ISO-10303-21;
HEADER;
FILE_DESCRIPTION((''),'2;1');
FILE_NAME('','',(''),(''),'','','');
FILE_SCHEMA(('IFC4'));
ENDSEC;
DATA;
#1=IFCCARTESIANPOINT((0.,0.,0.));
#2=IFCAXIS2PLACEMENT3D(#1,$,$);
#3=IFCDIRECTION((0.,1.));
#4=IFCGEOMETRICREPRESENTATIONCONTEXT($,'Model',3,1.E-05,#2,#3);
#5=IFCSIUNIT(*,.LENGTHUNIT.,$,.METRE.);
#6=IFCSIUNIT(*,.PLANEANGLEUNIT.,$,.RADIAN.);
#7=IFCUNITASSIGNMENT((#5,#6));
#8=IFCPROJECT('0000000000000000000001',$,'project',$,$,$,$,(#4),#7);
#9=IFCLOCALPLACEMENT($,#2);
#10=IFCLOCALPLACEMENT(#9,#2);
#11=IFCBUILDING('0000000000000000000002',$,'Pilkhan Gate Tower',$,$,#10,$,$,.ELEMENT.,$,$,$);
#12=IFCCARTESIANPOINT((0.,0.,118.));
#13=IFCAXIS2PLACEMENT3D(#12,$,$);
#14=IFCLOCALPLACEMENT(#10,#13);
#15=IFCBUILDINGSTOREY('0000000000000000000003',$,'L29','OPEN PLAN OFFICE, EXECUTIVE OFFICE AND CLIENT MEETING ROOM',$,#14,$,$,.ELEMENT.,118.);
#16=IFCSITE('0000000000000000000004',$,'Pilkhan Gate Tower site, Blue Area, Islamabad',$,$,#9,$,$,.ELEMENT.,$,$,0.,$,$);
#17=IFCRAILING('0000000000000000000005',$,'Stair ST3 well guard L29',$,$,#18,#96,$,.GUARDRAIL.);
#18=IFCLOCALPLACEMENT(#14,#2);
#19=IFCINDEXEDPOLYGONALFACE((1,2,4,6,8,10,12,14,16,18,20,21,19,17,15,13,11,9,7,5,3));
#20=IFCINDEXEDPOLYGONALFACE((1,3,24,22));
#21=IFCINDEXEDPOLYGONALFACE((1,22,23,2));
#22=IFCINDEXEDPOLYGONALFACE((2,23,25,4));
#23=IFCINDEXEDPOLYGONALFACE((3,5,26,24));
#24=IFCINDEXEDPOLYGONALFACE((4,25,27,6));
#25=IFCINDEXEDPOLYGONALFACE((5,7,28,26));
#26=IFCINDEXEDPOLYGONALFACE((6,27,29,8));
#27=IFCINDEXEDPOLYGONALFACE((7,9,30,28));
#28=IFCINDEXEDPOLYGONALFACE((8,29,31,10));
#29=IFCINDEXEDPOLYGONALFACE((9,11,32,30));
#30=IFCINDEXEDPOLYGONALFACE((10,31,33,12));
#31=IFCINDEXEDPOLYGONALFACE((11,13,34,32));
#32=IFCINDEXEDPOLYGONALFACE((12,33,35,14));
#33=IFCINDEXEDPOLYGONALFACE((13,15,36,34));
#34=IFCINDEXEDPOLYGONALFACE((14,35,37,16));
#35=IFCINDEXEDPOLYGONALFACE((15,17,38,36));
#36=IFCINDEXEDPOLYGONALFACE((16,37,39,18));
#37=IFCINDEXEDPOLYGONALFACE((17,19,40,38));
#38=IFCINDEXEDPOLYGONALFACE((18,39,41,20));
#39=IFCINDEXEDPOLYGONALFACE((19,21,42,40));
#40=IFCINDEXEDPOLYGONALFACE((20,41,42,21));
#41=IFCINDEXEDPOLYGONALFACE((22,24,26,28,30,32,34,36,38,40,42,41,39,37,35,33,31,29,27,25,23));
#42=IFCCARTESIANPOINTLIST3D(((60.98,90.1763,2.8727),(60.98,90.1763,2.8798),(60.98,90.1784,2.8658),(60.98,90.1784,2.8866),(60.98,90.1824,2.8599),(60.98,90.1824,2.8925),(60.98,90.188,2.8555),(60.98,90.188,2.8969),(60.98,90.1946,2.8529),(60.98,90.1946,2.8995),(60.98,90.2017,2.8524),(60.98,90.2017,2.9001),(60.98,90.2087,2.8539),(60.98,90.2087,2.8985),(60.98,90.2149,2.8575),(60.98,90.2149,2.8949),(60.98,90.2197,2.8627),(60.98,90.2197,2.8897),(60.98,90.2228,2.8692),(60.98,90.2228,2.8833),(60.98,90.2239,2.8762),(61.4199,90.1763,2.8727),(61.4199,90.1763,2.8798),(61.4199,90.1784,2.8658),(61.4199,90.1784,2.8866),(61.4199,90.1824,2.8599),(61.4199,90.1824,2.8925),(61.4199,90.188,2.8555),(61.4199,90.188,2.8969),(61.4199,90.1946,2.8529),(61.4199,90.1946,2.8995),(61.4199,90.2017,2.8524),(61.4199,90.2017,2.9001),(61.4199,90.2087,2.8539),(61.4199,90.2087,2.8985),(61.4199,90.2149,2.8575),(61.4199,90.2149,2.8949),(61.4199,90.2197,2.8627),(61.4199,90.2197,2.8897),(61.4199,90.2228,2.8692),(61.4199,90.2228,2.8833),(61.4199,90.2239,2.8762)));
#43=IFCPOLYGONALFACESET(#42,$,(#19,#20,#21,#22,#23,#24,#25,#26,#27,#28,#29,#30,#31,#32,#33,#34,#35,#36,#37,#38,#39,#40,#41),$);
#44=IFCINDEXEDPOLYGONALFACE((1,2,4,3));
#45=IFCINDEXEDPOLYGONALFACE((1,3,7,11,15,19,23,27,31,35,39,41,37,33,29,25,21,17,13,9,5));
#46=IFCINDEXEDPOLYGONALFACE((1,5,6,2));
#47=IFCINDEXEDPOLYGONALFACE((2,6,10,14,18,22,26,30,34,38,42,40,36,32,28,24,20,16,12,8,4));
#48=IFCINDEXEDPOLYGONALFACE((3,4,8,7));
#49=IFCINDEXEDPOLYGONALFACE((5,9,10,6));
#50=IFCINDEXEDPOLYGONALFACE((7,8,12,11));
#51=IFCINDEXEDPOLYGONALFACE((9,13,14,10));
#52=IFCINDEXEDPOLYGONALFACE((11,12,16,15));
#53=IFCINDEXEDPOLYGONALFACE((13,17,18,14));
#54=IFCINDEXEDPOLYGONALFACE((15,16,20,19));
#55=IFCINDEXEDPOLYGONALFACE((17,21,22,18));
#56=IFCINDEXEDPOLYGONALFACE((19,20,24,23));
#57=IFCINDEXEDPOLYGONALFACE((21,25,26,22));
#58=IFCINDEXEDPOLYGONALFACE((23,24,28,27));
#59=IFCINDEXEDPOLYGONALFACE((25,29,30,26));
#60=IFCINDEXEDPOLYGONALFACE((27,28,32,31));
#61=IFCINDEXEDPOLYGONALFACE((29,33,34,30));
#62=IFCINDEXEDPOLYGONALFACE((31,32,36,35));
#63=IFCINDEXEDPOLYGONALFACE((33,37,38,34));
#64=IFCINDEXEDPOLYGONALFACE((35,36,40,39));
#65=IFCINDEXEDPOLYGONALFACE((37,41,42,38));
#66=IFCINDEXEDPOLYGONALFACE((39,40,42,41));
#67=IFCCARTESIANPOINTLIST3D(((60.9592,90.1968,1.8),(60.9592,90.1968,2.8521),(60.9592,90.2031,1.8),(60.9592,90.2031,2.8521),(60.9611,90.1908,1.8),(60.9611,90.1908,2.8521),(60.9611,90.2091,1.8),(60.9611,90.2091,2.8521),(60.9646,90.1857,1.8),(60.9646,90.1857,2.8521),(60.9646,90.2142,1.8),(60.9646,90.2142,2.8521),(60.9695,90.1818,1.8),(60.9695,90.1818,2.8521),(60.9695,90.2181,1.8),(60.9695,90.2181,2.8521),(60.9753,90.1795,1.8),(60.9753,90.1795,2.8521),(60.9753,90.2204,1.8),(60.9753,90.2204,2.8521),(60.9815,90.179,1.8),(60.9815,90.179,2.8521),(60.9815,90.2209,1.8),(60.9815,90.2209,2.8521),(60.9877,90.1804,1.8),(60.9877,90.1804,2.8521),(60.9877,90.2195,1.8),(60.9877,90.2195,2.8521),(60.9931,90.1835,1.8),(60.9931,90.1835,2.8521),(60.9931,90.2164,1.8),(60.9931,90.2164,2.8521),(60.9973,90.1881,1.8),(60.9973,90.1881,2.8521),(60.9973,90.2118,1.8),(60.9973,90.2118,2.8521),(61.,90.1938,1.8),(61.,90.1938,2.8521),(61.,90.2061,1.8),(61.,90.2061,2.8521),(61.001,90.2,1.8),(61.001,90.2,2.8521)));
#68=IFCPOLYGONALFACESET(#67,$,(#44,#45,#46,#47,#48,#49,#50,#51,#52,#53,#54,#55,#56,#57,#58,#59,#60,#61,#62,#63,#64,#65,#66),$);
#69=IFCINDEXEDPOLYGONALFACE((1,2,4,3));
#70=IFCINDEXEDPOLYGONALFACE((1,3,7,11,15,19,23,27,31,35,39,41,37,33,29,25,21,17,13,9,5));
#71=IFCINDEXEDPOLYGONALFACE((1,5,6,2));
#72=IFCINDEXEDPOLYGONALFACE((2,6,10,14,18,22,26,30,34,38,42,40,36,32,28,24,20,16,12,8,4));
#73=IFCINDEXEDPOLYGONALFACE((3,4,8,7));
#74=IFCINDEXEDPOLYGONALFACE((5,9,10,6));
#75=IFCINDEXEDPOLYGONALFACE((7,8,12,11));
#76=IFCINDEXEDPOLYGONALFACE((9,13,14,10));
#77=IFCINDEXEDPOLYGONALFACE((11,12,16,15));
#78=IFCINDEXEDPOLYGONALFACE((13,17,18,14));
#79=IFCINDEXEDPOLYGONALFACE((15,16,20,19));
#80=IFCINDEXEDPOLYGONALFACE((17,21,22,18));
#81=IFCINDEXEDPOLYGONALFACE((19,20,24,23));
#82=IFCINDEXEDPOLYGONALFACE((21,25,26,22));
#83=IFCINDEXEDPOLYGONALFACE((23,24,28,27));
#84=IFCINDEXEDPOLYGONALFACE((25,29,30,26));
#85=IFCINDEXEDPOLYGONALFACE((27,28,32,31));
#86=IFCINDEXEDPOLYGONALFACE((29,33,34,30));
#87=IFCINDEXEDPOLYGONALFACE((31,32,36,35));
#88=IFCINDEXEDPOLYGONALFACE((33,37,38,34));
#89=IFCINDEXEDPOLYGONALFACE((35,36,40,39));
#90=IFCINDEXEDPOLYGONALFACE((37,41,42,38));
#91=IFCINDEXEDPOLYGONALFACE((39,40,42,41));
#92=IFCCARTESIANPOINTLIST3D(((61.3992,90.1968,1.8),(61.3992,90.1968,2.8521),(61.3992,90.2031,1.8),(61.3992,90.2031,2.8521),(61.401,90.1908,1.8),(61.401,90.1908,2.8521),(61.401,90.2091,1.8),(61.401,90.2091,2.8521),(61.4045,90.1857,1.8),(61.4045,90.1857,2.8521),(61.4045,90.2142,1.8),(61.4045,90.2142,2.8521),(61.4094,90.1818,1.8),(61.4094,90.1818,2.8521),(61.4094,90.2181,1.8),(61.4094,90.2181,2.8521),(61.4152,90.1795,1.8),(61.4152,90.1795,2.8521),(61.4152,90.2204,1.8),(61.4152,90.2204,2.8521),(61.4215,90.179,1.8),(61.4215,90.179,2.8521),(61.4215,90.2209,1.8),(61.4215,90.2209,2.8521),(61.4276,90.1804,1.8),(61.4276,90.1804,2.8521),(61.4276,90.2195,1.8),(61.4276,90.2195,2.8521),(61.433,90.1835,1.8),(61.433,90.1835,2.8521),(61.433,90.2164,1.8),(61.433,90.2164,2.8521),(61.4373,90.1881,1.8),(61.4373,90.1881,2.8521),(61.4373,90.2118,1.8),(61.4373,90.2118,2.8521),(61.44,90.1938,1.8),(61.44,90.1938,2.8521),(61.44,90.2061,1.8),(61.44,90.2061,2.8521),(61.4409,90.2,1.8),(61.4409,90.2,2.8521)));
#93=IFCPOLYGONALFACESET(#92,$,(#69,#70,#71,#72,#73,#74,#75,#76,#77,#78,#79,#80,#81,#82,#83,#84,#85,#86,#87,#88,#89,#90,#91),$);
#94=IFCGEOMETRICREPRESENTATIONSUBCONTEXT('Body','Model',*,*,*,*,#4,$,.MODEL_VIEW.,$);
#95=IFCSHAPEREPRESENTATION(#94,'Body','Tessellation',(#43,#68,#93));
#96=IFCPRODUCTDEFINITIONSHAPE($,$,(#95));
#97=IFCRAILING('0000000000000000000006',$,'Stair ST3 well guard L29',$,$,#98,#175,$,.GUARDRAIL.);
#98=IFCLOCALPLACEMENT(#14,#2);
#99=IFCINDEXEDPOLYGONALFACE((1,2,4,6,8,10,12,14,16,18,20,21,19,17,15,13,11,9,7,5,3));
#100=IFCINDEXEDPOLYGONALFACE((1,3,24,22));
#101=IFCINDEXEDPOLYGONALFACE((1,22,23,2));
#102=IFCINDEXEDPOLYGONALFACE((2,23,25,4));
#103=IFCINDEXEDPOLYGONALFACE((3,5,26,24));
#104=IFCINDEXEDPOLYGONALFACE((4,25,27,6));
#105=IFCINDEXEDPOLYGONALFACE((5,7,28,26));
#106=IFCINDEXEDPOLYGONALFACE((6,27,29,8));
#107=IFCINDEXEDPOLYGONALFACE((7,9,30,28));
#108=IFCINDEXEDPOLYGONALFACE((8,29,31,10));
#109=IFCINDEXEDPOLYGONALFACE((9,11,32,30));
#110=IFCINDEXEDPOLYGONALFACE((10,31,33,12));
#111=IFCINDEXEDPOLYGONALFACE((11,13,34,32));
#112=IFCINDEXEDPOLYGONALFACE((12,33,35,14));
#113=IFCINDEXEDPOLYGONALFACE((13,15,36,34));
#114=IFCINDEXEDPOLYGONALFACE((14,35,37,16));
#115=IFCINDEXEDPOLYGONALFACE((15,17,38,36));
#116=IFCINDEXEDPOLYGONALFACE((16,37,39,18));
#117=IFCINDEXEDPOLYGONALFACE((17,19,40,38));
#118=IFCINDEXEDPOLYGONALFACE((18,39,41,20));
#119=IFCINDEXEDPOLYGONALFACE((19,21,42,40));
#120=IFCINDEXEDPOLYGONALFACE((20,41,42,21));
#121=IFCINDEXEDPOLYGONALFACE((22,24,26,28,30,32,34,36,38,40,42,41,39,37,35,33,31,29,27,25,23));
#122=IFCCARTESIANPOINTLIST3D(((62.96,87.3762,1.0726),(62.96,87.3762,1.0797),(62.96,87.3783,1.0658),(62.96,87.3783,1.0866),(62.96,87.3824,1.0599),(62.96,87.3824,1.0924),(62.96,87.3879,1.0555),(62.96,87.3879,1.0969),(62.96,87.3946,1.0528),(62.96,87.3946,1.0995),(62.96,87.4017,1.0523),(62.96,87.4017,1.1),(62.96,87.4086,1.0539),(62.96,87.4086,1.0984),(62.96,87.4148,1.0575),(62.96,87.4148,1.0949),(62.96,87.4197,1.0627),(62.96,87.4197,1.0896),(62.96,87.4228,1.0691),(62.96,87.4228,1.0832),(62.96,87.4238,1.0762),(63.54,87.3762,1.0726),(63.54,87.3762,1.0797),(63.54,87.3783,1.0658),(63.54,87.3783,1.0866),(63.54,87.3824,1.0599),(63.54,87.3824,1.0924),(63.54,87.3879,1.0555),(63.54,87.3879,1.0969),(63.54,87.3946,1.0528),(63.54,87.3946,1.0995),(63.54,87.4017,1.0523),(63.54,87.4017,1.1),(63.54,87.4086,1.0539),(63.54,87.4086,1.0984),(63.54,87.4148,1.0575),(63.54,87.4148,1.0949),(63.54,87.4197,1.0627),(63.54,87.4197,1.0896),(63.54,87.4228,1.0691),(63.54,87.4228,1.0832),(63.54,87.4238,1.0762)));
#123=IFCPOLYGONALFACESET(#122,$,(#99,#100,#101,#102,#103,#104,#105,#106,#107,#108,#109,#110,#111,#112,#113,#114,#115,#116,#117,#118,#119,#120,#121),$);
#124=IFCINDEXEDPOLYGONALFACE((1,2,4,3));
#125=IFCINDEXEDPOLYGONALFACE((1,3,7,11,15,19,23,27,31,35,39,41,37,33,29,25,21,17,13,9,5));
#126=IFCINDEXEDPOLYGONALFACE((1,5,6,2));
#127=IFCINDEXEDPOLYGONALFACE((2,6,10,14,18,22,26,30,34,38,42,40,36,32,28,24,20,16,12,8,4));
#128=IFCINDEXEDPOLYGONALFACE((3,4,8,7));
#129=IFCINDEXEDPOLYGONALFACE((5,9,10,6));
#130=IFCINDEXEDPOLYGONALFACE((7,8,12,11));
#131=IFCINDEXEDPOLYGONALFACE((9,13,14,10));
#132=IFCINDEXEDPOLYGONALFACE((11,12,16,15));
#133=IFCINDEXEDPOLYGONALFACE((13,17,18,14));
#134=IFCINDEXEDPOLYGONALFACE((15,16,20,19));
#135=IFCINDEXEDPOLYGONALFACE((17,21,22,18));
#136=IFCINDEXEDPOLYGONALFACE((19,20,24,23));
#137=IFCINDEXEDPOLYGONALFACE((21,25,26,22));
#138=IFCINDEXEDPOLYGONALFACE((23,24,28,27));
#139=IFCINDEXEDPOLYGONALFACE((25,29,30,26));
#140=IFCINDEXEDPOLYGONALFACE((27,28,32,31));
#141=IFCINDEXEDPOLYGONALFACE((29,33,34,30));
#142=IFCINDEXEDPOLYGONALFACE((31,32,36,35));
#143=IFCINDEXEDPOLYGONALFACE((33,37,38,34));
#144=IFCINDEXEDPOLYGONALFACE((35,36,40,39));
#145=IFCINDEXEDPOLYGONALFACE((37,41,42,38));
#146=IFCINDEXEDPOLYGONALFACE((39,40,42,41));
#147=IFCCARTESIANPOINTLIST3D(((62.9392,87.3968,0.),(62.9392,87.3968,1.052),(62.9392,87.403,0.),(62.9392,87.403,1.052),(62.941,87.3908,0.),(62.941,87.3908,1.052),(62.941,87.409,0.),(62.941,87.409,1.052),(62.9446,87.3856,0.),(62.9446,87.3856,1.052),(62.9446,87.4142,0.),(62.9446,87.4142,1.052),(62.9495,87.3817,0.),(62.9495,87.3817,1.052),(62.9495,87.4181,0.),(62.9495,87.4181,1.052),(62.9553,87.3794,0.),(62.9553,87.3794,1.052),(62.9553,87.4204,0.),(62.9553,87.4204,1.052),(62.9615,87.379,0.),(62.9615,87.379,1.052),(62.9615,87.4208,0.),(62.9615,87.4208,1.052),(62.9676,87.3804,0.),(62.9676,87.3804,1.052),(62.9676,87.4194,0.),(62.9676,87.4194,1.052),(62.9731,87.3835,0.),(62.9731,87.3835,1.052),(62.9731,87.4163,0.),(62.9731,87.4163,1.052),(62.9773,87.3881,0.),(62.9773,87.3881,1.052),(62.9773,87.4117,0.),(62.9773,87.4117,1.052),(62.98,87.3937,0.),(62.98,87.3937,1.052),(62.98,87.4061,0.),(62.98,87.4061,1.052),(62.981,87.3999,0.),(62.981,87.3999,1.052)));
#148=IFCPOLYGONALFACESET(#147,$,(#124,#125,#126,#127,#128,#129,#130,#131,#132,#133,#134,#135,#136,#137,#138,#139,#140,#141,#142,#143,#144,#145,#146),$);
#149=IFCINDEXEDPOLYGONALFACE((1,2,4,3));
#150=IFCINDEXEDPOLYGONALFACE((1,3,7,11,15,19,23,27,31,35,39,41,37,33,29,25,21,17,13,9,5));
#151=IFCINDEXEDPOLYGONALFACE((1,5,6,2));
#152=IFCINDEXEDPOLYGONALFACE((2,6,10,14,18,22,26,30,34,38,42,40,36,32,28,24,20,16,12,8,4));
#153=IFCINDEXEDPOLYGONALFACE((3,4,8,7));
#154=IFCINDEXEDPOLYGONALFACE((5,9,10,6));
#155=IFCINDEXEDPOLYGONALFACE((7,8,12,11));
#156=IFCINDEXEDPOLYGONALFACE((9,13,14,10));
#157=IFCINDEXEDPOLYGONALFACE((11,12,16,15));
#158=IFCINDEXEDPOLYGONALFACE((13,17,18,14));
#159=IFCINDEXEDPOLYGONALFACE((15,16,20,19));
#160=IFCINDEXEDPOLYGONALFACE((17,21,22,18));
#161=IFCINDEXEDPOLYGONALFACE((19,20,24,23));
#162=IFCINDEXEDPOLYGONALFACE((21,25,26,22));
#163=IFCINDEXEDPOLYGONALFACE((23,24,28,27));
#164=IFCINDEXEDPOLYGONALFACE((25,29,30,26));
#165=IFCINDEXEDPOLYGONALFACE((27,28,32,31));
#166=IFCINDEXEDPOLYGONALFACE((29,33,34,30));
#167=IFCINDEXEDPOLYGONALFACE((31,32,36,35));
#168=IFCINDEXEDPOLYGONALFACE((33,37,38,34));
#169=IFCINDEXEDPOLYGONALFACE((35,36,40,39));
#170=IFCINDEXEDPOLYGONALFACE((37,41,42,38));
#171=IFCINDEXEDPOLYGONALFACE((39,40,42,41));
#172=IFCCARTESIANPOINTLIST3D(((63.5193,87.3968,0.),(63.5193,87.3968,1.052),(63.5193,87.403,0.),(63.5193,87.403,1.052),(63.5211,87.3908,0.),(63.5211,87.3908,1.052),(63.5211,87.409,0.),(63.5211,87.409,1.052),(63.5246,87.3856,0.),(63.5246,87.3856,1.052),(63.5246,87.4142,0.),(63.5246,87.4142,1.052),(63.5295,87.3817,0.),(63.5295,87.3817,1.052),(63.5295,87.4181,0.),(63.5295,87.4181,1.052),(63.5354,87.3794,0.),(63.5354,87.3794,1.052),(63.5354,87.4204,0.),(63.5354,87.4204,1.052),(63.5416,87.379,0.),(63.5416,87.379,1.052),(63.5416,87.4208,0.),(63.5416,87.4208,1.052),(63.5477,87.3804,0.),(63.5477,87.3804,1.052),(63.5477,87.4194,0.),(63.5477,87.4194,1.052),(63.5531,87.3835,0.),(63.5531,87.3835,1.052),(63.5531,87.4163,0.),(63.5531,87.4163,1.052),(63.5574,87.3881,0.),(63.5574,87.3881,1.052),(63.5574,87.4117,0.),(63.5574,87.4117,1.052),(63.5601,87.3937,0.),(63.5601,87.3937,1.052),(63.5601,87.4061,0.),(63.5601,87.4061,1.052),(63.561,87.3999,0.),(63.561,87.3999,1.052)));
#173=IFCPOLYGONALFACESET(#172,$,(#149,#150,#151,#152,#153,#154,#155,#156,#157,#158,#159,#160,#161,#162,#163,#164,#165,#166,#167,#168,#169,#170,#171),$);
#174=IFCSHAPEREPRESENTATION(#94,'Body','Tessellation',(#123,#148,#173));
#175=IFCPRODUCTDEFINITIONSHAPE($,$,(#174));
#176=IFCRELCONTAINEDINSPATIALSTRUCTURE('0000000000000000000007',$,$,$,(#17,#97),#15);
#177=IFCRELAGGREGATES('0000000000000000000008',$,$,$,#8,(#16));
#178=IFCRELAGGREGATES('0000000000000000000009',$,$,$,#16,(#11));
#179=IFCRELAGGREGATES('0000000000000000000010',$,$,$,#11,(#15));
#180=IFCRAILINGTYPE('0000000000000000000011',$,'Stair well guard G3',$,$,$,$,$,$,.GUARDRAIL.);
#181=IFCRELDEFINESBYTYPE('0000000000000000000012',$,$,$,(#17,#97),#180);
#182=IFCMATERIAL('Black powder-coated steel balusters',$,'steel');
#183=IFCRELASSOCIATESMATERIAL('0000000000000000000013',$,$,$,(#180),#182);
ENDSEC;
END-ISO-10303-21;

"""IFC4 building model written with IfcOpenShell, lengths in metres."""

from ifc_helpers import new_model, si_unit, direction, frame, origin, origin_2d, place, context, subcontext, project, spatial, circle, extrude, material, type_object, element, save


model = new_model("IFC4")

# Units and contexts
model_context = context("Model", 3, precision=1e-05, world=origin(), true_north=direction((0.0, 1.0)))
body_context = subcontext(model_context, "Body", "Model", "MODEL_VIEW")
ifc_project = project(units=[si_unit("LENGTHUNIT", "METRE"), si_unit("PLANEANGLEUNIT", "RADIAN")], contexts=[model_context])

# Site, building, storey
site_placement = place(None, origin())
site = spatial("IfcSite", under=ifc_project, at=site_placement, Name="Pilkhan Gate Tower site, Blue Area, Islamabad", CompositionType="ELEMENT", RefElevation=0.0)
building_placement = place(site_placement, origin())
building = spatial("IfcBuilding", under=site, at=building_placement, Name="Pilkhan Gate Tower", CompositionType="ELEMENT")
storey_placement = place(building_placement, frame((0.0, 0.0, 118.0)))
storey = spatial("IfcBuildingStorey", under=building, at=storey_placement, Name="L29", Description="OPEN PLAN OFFICE, EXECUTIVE OFFICE AND CLIENT MEETING ROOM", CompositionType="ELEMENT", Elevation=118.0)

# Railings
ifc_material_1 = material(Name="Black powder-coated steel balusters", Category="steel")
railing_type_1 = type_object("IfcRailingType", Name="Stair well guard G3", PredefinedType="GUARDRAIL", material=ifc_material_1)
railing_1_placement = place(storey_placement, frame((60.98, 90.2, 1.8)))
element("IfcRailing", 1, at=railing_1_placement, inside=storey, type_object=railing_type_1, Name="Stair ST3 well guard L29", PredefinedType="GUARDRAIL", context=body_context, shape_type="SweptSolid", body=[
    extrude(circle(Radius=0.0239, at=origin_2d()), frame((0.0, 0.0, 1.0762), z_axis=(1.0, 0.0, 0.0), x_axis=(0.0, 1.0, 0.0)), (0.0, 0.0, 1.0), 0.4399),
    extrude(circle(Radius=0.021, at=origin_2d()), origin(), (0.0, 0.0, 1.0), 1.052),
    extrude(circle(Radius=0.021, at=origin_2d()), frame((0.4399, 0.0, 0.0)), (0.0, 0.0, 1.0), 1.052),
])
for number, where, name in (
    (2, (62.96, 87.3999, 0.0), "Stair ST3 well guard L29"),
):
    element("IfcRailing", number, at=place(storey_placement, frame(where)), inside=storey, type_object=railing_type_1, Name=name, PredefinedType="GUARDRAIL", context=body_context, shape_type="SweptSolid", body=[
        extrude(circle(Radius=0.0239, at=origin_2d()), frame((0.0, 0.0, 1.0762), z_axis=(1.0, 0.0, 0.0), x_axis=(0.0, 1.0, 0.0)), (0.0, 0.0, 1.0), 0.5801),
        extrude(circle(Radius=0.021, at=origin_2d()), origin(), (0.0, 0.0, 1.0), 1.052),
        extrude(circle(Radius=0.021, at=origin_2d()), frame((0.5801, 0.0, 0.0)), (0.0, 0.0, 1.0), 1.052),
    ])

save(model, "model.ifc")
